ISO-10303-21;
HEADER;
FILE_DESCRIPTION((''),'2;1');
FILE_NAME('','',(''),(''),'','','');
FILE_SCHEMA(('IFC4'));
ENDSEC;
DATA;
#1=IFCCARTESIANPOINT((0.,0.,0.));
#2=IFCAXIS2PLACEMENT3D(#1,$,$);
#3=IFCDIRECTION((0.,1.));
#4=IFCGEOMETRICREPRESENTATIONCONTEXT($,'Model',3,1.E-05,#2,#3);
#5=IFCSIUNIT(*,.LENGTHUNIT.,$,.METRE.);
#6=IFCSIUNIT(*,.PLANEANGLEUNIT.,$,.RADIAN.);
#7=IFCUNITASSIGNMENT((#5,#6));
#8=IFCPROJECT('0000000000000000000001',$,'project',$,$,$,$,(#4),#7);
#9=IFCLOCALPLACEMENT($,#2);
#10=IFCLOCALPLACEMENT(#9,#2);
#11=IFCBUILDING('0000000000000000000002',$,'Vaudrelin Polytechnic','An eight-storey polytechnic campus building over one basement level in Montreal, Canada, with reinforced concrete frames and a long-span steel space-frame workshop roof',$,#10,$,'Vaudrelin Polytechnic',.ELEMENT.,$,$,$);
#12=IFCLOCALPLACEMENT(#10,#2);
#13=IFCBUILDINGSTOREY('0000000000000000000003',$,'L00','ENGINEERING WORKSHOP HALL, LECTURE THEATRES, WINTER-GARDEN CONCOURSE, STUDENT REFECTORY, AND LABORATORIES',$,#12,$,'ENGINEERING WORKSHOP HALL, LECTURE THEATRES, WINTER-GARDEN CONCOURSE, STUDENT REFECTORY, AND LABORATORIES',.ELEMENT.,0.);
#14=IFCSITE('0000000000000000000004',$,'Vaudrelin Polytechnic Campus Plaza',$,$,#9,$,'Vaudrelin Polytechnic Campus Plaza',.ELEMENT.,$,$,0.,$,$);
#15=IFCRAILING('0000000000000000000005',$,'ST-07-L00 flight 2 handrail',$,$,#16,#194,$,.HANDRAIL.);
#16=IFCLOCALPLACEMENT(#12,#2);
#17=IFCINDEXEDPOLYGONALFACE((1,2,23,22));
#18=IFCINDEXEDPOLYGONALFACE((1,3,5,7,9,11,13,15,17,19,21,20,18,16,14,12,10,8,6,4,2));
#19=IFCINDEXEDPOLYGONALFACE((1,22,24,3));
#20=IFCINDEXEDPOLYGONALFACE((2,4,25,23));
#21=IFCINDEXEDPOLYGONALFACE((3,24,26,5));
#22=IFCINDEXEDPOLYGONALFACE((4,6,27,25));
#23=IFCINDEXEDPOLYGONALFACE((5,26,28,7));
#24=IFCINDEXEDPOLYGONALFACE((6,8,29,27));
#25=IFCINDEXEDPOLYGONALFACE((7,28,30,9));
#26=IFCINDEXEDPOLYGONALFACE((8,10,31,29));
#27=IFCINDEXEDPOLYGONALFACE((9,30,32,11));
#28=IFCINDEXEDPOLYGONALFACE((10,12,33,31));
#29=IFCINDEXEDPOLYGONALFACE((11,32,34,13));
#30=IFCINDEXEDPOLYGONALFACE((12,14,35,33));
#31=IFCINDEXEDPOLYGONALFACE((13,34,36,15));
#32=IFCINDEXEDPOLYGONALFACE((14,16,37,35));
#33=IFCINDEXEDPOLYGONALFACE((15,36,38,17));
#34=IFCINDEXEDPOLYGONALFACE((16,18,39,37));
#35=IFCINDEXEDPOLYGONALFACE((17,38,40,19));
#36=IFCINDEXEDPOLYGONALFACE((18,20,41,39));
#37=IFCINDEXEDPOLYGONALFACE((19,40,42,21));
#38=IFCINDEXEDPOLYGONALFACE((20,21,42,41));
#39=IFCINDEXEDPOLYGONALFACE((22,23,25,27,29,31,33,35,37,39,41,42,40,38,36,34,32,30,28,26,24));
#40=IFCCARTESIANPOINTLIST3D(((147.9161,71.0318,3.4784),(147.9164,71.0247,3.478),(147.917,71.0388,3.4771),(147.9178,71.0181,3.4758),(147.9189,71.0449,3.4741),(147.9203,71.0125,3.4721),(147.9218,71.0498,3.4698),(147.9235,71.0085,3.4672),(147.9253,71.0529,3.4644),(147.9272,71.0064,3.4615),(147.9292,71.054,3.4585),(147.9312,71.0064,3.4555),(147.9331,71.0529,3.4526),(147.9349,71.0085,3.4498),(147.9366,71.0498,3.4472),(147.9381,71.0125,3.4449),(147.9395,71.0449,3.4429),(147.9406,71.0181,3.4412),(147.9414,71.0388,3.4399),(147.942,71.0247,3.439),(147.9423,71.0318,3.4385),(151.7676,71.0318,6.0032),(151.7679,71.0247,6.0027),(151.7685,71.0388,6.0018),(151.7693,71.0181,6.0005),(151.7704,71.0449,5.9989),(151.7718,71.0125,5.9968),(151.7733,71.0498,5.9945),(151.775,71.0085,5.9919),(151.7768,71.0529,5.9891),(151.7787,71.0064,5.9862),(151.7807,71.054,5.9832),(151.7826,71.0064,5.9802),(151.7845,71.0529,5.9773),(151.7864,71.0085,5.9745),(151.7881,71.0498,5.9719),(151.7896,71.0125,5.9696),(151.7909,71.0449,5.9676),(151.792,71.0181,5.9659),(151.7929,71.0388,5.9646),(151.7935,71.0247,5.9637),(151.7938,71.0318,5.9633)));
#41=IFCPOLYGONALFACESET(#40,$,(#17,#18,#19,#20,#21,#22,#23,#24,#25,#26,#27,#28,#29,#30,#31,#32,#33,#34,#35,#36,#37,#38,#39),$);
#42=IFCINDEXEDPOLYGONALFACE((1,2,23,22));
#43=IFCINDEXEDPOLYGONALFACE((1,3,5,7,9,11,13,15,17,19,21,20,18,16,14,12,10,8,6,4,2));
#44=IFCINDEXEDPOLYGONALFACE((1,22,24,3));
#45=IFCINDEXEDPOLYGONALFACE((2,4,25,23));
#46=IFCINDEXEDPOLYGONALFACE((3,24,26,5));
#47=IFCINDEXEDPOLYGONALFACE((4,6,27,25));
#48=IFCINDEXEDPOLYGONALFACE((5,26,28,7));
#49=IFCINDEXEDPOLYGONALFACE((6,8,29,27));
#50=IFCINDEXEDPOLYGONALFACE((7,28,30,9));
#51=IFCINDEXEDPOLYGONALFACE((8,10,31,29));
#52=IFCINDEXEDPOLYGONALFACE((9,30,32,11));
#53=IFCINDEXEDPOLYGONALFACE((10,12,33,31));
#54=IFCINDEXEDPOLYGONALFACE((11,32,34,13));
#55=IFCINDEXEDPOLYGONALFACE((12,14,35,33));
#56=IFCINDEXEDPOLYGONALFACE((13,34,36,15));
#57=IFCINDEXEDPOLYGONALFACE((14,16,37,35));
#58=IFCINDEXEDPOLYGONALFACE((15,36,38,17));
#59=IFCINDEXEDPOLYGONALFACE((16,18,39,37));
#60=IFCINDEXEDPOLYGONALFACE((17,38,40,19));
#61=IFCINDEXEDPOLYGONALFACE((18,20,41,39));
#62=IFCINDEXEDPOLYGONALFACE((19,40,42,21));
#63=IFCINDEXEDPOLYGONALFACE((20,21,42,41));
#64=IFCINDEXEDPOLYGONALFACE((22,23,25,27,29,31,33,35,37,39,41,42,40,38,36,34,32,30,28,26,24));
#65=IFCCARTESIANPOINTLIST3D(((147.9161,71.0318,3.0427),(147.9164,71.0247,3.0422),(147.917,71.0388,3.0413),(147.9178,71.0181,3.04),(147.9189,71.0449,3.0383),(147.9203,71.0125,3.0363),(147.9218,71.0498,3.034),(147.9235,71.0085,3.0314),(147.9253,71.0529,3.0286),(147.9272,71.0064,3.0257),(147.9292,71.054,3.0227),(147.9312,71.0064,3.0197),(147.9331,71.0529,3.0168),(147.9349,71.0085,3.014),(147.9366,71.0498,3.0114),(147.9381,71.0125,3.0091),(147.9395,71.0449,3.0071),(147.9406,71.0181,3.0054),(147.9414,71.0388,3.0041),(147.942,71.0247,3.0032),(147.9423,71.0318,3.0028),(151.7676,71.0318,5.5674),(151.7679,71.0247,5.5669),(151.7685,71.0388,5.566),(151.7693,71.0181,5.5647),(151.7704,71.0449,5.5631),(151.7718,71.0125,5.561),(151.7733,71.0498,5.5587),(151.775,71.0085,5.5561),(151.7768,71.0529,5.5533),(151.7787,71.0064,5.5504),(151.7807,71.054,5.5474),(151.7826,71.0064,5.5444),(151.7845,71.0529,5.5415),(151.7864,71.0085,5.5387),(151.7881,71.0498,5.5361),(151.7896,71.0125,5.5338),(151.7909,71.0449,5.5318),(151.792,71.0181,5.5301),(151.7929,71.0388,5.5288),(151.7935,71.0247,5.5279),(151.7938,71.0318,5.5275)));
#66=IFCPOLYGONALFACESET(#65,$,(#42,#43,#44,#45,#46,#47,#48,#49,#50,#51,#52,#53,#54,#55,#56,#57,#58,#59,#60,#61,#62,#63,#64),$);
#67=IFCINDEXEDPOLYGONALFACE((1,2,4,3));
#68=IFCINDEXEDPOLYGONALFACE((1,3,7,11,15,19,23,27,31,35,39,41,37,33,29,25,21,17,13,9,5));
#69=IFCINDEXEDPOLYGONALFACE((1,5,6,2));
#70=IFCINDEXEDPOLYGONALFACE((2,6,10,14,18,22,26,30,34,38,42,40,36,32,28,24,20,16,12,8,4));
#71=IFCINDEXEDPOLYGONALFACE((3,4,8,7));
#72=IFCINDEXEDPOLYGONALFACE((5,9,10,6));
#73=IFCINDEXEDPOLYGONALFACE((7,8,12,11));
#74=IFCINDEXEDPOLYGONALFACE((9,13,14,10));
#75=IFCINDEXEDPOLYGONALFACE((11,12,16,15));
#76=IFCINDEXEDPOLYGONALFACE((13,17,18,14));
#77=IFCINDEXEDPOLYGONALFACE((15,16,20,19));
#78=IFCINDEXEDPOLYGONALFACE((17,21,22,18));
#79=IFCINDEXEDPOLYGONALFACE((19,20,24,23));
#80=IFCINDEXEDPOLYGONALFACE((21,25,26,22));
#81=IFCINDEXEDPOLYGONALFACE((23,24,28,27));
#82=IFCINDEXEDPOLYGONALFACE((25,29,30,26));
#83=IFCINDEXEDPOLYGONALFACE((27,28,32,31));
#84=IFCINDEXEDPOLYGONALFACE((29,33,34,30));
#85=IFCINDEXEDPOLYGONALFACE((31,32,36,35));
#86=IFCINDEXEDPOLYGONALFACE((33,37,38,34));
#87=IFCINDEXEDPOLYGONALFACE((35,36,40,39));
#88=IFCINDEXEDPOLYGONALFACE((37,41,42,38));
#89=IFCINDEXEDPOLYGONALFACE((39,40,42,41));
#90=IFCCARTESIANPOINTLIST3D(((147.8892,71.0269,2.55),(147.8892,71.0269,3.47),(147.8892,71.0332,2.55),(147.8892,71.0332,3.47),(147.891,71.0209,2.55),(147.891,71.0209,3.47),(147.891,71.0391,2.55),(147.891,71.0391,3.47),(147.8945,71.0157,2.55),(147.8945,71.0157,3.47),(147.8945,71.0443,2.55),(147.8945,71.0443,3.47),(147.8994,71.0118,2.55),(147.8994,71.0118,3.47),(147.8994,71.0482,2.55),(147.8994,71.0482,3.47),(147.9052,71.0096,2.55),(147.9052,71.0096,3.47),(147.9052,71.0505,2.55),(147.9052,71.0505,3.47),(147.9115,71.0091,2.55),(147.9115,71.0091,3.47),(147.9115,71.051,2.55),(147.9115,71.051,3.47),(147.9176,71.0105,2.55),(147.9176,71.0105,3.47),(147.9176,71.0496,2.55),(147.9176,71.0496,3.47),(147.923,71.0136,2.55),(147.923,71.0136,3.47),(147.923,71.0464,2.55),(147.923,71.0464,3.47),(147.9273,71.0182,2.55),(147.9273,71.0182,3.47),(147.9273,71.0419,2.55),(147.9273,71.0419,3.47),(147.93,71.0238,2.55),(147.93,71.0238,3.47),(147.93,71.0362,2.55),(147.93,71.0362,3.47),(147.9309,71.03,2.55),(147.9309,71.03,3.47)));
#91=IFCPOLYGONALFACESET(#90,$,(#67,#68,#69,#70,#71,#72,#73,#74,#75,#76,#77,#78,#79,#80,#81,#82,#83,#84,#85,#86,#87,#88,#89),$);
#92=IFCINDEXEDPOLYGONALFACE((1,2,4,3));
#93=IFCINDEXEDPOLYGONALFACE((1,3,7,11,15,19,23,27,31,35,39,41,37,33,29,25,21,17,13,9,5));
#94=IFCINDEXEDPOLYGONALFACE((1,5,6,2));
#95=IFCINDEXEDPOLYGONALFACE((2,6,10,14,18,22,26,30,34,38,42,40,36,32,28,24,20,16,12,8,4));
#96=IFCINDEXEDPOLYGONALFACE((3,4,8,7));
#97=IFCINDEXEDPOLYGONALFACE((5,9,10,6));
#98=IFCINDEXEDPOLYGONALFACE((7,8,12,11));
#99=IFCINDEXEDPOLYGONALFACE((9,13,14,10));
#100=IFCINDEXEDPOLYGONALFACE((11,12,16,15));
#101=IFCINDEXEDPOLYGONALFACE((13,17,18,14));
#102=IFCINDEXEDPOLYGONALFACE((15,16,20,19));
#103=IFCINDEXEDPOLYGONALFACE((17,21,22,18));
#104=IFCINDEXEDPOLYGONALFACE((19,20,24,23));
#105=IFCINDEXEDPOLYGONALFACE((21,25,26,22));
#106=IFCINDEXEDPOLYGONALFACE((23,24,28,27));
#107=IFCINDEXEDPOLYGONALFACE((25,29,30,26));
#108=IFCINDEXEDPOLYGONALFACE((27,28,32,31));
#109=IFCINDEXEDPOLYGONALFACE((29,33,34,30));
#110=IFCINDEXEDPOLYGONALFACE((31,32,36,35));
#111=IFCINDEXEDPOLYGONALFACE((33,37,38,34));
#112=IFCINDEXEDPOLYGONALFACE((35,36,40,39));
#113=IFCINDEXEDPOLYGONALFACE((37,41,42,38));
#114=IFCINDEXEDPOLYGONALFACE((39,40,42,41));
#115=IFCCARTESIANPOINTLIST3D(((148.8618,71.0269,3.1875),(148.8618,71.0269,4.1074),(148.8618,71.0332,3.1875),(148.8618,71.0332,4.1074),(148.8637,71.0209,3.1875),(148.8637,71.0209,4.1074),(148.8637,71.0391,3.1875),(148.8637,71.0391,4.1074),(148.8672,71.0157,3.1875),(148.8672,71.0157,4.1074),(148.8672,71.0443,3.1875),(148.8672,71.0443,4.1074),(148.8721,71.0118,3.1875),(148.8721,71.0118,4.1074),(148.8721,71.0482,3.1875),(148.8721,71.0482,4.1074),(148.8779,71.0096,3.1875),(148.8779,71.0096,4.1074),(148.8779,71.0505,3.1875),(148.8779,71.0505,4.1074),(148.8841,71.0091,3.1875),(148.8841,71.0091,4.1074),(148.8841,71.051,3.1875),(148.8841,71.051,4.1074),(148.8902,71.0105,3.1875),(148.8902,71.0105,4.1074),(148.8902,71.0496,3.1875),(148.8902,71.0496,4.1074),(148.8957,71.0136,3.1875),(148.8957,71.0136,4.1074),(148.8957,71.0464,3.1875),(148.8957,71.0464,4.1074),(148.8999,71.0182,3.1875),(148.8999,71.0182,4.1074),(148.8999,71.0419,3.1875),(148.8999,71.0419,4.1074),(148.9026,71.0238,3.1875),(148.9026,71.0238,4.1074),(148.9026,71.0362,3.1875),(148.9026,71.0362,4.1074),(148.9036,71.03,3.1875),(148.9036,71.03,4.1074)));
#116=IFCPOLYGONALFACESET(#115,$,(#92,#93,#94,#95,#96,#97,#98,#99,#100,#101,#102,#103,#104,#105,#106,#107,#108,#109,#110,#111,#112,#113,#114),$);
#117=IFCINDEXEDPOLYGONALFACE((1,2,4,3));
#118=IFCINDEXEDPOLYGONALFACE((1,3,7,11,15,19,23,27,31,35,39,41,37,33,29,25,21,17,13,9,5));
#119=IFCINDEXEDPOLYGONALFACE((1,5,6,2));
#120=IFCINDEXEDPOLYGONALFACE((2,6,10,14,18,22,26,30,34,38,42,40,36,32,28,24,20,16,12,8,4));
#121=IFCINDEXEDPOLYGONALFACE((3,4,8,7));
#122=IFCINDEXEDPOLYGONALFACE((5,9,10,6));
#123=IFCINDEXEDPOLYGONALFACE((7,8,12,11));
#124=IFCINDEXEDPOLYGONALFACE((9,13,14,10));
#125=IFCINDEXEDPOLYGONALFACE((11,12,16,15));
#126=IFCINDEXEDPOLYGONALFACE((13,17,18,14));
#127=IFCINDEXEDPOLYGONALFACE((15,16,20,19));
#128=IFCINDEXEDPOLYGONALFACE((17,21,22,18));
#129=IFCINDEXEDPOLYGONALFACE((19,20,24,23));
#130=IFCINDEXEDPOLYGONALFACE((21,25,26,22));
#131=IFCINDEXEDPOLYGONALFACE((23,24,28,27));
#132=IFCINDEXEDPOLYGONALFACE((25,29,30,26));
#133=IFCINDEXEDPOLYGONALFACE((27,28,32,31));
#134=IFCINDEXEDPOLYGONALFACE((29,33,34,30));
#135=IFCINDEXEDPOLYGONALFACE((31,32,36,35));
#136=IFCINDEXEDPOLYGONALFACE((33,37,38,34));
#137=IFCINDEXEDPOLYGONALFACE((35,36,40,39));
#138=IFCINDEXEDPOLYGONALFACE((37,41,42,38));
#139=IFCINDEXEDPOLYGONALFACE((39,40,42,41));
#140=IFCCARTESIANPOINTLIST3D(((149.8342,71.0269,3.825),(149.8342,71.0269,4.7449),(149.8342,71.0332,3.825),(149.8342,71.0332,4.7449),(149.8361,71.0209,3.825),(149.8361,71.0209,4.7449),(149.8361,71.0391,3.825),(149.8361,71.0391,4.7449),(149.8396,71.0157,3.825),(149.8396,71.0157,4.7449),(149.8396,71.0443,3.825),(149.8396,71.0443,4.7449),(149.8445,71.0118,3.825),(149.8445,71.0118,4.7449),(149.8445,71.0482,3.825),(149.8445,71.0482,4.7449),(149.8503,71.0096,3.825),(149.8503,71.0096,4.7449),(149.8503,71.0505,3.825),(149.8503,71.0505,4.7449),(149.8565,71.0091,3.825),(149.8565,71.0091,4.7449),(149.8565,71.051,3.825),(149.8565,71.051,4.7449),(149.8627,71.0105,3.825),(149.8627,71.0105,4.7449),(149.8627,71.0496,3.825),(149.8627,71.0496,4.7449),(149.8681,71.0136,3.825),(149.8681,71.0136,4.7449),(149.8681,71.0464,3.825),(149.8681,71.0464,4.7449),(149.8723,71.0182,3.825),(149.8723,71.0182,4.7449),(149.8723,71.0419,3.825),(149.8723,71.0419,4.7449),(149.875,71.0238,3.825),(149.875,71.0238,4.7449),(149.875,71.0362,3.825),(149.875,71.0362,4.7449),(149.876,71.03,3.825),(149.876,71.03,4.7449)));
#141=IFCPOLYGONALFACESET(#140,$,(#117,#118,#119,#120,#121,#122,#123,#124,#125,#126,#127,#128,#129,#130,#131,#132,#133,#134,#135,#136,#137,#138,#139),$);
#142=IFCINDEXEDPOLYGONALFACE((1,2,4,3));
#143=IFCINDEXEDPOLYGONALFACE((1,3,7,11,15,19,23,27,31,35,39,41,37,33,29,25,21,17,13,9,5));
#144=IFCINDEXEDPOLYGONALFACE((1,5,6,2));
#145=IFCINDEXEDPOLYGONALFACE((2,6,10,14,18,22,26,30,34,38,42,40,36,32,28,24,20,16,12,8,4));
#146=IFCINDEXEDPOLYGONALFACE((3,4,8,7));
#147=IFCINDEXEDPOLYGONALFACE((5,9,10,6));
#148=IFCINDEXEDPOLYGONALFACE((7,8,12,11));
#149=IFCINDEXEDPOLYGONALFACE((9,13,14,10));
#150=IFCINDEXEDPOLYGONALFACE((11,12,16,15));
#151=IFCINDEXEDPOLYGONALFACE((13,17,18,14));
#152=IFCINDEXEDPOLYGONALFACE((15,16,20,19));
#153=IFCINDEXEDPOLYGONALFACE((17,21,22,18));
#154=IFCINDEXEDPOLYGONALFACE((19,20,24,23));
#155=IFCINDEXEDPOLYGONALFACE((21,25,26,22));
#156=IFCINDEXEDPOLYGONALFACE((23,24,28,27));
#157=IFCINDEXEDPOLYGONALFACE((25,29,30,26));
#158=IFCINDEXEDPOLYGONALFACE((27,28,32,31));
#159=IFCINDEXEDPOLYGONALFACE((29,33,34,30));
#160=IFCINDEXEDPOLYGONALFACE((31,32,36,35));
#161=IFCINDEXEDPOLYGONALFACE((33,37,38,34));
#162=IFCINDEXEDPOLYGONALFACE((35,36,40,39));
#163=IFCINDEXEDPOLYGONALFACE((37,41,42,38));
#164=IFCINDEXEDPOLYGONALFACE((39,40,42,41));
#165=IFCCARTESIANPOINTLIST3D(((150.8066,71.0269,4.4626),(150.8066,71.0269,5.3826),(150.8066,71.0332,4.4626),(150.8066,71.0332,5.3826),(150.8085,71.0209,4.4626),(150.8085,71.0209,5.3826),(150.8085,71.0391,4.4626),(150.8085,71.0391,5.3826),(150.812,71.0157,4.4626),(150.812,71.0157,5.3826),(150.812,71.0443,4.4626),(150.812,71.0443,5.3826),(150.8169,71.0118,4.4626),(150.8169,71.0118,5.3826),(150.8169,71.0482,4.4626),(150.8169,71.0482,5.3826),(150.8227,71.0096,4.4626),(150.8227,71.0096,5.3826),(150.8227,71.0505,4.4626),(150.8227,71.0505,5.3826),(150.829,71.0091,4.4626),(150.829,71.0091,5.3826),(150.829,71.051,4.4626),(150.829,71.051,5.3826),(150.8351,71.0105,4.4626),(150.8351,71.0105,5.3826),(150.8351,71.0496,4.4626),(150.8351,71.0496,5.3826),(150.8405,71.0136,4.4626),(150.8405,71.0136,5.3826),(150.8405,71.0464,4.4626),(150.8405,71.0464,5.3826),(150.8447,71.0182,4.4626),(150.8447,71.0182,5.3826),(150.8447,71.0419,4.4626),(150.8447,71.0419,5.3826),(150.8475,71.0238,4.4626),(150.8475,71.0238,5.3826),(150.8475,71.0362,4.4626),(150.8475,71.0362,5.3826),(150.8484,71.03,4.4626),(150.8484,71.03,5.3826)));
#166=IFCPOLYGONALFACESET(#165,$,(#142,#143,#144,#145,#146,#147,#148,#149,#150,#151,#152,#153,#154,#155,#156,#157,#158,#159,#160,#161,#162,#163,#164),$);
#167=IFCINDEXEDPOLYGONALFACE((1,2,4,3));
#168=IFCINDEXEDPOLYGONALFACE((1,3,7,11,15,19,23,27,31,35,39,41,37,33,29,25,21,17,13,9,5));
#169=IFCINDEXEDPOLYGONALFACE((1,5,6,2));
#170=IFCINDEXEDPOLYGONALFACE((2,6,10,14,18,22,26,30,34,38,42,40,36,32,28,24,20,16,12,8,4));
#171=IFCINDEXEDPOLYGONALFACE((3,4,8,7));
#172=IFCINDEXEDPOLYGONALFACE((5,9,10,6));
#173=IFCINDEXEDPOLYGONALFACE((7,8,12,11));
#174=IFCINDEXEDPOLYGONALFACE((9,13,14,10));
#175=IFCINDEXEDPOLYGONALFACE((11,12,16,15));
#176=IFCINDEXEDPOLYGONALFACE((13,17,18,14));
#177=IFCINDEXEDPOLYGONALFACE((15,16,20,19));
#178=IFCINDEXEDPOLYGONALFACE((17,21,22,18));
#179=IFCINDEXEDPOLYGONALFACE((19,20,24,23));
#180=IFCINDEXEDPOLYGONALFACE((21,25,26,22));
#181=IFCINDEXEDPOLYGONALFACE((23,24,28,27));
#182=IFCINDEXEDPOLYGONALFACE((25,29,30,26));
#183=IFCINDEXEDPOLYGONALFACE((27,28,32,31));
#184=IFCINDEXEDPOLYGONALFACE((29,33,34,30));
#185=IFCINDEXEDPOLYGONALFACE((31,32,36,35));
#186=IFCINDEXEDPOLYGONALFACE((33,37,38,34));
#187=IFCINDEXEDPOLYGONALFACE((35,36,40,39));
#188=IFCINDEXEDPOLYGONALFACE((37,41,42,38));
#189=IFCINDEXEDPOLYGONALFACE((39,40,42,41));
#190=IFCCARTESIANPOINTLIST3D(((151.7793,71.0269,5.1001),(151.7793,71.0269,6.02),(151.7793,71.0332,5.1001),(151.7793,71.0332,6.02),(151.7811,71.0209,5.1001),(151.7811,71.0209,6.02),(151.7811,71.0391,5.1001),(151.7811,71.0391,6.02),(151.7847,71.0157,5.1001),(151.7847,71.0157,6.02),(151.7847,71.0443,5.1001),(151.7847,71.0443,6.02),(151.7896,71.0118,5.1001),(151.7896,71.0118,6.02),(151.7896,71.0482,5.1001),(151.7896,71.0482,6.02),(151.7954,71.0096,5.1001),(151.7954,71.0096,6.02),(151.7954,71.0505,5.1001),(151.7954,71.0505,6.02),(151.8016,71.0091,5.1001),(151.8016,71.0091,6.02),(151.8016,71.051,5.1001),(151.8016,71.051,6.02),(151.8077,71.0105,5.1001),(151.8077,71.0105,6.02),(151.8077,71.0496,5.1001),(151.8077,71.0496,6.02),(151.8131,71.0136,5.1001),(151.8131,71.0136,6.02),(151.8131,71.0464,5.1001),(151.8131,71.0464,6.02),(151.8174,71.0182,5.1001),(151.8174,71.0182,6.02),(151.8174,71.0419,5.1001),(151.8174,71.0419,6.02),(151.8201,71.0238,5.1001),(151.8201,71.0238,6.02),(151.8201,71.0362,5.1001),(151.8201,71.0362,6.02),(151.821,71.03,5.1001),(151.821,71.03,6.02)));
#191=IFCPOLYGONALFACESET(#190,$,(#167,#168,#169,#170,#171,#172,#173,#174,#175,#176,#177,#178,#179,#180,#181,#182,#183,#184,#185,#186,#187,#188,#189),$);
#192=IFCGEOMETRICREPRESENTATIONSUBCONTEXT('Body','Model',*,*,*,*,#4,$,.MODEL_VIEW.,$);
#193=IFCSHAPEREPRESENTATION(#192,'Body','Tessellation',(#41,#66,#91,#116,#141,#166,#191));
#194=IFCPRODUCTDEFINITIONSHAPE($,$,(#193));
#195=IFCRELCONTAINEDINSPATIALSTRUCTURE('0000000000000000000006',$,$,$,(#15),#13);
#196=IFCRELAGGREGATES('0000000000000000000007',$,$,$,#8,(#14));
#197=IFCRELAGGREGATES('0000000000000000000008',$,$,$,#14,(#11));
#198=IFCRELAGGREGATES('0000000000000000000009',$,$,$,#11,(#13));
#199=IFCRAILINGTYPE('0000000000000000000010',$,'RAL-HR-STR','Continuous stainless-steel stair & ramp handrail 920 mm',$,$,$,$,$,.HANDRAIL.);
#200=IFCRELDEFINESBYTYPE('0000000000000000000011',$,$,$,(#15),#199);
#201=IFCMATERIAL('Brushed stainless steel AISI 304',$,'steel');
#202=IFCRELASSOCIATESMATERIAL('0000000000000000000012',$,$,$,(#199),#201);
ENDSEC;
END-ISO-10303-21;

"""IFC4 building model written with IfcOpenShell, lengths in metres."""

from ifc_helpers import new_model, si_unit, direction, frame, origin, origin_2d, place, context, subcontext, project, spatial, circle, extrude, material, type_object, element, save


model = new_model("IFC4")

# Units and contexts
model_context = context("Model", 3, precision=1e-05, world=origin(), true_north=direction((0.0, 1.0)))
body_context = subcontext(model_context, "Body", "Model", "MODEL_VIEW")
ifc_project = project(units=[si_unit("LENGTHUNIT", "METRE"), si_unit("PLANEANGLEUNIT", "RADIAN")], contexts=[model_context])

# Site, building, storey
site_placement = place(None, origin())
site = spatial("IfcSite", under=ifc_project, at=site_placement, Name="Vaudrelin Polytechnic Campus Plaza", LongName="Vaudrelin Polytechnic Campus Plaza", CompositionType="ELEMENT", RefElevation=0.0)
building_placement = place(site_placement, origin())
building = spatial("IfcBuilding", under=site, at=building_placement, Name="Vaudrelin Polytechnic", Description="An eight-storey polytechnic campus building over one basement level in Montreal, Canada, with reinforced concrete frames and a long-span steel space-frame workshop roof", LongName="Vaudrelin Polytechnic", CompositionType="ELEMENT")
storey_placement = place(building_placement, origin())
storey = spatial("IfcBuildingStorey", under=building, at=storey_placement, Name="L00", Description="ENGINEERING WORKSHOP HALL, LECTURE THEATRES, WINTER-GARDEN CONCOURSE, STUDENT REFECTORY, AND LABORATORIES", LongName="ENGINEERING WORKSHOP HALL, LECTURE THEATRES, WINTER-GARDEN CONCOURSE, STUDENT REFECTORY, AND LABORATORIES", CompositionType="ELEMENT", Elevation=0.0)

# Railing
ifc_material_1 = material(Name="Brushed stainless steel AISI 304", Category="steel")
railing_type_1 = type_object("IfcRailingType", Name="RAL-HR-STR", Description="Continuous stainless-steel stair & ramp handrail 920 mm", PredefinedType="HANDRAIL", material=ifc_material_1)
railing_1_placement = place(storey_placement, frame((147.9099, 71.03, 2.55)))
element("IfcRailing", 1, at=railing_1_placement, inside=storey, type_object=railing_type_1, Name="ST-07-L00 flight 2 handrail", PredefinedType="HANDRAIL", context=body_context, shape_type="SweptSolid", body=[
    extrude(circle(Radius=0.0239, at=origin_2d()), frame((0.0193, 0.0, 0.9084), z_axis=(0.836329, 0.0, 0.548228), x_axis=(0.0, 1.0, 0.0)), (0.0, 0.0, 1.0), 4.6052),
    extrude(circle(Radius=0.0239, at=origin_2d()), frame((0.0193, 0.0, 0.4727), z_axis=(0.836329, 0.0, 0.548228), x_axis=(0.0, 1.0, 0.0)), (0.0, 0.0, 1.0), 4.6052),
    extrude(circle(Radius=0.021, at=origin_2d()), origin(), (0.0, 0.0, 1.0), 0.9199),
    extrude(circle(Radius=0.021, at=origin_2d()), frame((0.9727, 0.0, 0.6375)), (0.0, 0.0, 1.0), 0.9199),
    extrude(circle(Radius=0.021, at=origin_2d()), frame((1.9451, 0.0, 1.2749)), (0.0, 0.0, 1.0), 0.9199),
    extrude(circle(Radius=0.021, at=origin_2d()), frame((2.9175, 0.0, 1.9126)), (0.0, 0.0, 1.0), 0.9199),
    extrude(circle(Radius=0.021, at=origin_2d()), frame((3.8901, 0.0, 2.55)), (0.0, 0.0, 1.0), 0.9199),
])

save(model, "model.ifc")
